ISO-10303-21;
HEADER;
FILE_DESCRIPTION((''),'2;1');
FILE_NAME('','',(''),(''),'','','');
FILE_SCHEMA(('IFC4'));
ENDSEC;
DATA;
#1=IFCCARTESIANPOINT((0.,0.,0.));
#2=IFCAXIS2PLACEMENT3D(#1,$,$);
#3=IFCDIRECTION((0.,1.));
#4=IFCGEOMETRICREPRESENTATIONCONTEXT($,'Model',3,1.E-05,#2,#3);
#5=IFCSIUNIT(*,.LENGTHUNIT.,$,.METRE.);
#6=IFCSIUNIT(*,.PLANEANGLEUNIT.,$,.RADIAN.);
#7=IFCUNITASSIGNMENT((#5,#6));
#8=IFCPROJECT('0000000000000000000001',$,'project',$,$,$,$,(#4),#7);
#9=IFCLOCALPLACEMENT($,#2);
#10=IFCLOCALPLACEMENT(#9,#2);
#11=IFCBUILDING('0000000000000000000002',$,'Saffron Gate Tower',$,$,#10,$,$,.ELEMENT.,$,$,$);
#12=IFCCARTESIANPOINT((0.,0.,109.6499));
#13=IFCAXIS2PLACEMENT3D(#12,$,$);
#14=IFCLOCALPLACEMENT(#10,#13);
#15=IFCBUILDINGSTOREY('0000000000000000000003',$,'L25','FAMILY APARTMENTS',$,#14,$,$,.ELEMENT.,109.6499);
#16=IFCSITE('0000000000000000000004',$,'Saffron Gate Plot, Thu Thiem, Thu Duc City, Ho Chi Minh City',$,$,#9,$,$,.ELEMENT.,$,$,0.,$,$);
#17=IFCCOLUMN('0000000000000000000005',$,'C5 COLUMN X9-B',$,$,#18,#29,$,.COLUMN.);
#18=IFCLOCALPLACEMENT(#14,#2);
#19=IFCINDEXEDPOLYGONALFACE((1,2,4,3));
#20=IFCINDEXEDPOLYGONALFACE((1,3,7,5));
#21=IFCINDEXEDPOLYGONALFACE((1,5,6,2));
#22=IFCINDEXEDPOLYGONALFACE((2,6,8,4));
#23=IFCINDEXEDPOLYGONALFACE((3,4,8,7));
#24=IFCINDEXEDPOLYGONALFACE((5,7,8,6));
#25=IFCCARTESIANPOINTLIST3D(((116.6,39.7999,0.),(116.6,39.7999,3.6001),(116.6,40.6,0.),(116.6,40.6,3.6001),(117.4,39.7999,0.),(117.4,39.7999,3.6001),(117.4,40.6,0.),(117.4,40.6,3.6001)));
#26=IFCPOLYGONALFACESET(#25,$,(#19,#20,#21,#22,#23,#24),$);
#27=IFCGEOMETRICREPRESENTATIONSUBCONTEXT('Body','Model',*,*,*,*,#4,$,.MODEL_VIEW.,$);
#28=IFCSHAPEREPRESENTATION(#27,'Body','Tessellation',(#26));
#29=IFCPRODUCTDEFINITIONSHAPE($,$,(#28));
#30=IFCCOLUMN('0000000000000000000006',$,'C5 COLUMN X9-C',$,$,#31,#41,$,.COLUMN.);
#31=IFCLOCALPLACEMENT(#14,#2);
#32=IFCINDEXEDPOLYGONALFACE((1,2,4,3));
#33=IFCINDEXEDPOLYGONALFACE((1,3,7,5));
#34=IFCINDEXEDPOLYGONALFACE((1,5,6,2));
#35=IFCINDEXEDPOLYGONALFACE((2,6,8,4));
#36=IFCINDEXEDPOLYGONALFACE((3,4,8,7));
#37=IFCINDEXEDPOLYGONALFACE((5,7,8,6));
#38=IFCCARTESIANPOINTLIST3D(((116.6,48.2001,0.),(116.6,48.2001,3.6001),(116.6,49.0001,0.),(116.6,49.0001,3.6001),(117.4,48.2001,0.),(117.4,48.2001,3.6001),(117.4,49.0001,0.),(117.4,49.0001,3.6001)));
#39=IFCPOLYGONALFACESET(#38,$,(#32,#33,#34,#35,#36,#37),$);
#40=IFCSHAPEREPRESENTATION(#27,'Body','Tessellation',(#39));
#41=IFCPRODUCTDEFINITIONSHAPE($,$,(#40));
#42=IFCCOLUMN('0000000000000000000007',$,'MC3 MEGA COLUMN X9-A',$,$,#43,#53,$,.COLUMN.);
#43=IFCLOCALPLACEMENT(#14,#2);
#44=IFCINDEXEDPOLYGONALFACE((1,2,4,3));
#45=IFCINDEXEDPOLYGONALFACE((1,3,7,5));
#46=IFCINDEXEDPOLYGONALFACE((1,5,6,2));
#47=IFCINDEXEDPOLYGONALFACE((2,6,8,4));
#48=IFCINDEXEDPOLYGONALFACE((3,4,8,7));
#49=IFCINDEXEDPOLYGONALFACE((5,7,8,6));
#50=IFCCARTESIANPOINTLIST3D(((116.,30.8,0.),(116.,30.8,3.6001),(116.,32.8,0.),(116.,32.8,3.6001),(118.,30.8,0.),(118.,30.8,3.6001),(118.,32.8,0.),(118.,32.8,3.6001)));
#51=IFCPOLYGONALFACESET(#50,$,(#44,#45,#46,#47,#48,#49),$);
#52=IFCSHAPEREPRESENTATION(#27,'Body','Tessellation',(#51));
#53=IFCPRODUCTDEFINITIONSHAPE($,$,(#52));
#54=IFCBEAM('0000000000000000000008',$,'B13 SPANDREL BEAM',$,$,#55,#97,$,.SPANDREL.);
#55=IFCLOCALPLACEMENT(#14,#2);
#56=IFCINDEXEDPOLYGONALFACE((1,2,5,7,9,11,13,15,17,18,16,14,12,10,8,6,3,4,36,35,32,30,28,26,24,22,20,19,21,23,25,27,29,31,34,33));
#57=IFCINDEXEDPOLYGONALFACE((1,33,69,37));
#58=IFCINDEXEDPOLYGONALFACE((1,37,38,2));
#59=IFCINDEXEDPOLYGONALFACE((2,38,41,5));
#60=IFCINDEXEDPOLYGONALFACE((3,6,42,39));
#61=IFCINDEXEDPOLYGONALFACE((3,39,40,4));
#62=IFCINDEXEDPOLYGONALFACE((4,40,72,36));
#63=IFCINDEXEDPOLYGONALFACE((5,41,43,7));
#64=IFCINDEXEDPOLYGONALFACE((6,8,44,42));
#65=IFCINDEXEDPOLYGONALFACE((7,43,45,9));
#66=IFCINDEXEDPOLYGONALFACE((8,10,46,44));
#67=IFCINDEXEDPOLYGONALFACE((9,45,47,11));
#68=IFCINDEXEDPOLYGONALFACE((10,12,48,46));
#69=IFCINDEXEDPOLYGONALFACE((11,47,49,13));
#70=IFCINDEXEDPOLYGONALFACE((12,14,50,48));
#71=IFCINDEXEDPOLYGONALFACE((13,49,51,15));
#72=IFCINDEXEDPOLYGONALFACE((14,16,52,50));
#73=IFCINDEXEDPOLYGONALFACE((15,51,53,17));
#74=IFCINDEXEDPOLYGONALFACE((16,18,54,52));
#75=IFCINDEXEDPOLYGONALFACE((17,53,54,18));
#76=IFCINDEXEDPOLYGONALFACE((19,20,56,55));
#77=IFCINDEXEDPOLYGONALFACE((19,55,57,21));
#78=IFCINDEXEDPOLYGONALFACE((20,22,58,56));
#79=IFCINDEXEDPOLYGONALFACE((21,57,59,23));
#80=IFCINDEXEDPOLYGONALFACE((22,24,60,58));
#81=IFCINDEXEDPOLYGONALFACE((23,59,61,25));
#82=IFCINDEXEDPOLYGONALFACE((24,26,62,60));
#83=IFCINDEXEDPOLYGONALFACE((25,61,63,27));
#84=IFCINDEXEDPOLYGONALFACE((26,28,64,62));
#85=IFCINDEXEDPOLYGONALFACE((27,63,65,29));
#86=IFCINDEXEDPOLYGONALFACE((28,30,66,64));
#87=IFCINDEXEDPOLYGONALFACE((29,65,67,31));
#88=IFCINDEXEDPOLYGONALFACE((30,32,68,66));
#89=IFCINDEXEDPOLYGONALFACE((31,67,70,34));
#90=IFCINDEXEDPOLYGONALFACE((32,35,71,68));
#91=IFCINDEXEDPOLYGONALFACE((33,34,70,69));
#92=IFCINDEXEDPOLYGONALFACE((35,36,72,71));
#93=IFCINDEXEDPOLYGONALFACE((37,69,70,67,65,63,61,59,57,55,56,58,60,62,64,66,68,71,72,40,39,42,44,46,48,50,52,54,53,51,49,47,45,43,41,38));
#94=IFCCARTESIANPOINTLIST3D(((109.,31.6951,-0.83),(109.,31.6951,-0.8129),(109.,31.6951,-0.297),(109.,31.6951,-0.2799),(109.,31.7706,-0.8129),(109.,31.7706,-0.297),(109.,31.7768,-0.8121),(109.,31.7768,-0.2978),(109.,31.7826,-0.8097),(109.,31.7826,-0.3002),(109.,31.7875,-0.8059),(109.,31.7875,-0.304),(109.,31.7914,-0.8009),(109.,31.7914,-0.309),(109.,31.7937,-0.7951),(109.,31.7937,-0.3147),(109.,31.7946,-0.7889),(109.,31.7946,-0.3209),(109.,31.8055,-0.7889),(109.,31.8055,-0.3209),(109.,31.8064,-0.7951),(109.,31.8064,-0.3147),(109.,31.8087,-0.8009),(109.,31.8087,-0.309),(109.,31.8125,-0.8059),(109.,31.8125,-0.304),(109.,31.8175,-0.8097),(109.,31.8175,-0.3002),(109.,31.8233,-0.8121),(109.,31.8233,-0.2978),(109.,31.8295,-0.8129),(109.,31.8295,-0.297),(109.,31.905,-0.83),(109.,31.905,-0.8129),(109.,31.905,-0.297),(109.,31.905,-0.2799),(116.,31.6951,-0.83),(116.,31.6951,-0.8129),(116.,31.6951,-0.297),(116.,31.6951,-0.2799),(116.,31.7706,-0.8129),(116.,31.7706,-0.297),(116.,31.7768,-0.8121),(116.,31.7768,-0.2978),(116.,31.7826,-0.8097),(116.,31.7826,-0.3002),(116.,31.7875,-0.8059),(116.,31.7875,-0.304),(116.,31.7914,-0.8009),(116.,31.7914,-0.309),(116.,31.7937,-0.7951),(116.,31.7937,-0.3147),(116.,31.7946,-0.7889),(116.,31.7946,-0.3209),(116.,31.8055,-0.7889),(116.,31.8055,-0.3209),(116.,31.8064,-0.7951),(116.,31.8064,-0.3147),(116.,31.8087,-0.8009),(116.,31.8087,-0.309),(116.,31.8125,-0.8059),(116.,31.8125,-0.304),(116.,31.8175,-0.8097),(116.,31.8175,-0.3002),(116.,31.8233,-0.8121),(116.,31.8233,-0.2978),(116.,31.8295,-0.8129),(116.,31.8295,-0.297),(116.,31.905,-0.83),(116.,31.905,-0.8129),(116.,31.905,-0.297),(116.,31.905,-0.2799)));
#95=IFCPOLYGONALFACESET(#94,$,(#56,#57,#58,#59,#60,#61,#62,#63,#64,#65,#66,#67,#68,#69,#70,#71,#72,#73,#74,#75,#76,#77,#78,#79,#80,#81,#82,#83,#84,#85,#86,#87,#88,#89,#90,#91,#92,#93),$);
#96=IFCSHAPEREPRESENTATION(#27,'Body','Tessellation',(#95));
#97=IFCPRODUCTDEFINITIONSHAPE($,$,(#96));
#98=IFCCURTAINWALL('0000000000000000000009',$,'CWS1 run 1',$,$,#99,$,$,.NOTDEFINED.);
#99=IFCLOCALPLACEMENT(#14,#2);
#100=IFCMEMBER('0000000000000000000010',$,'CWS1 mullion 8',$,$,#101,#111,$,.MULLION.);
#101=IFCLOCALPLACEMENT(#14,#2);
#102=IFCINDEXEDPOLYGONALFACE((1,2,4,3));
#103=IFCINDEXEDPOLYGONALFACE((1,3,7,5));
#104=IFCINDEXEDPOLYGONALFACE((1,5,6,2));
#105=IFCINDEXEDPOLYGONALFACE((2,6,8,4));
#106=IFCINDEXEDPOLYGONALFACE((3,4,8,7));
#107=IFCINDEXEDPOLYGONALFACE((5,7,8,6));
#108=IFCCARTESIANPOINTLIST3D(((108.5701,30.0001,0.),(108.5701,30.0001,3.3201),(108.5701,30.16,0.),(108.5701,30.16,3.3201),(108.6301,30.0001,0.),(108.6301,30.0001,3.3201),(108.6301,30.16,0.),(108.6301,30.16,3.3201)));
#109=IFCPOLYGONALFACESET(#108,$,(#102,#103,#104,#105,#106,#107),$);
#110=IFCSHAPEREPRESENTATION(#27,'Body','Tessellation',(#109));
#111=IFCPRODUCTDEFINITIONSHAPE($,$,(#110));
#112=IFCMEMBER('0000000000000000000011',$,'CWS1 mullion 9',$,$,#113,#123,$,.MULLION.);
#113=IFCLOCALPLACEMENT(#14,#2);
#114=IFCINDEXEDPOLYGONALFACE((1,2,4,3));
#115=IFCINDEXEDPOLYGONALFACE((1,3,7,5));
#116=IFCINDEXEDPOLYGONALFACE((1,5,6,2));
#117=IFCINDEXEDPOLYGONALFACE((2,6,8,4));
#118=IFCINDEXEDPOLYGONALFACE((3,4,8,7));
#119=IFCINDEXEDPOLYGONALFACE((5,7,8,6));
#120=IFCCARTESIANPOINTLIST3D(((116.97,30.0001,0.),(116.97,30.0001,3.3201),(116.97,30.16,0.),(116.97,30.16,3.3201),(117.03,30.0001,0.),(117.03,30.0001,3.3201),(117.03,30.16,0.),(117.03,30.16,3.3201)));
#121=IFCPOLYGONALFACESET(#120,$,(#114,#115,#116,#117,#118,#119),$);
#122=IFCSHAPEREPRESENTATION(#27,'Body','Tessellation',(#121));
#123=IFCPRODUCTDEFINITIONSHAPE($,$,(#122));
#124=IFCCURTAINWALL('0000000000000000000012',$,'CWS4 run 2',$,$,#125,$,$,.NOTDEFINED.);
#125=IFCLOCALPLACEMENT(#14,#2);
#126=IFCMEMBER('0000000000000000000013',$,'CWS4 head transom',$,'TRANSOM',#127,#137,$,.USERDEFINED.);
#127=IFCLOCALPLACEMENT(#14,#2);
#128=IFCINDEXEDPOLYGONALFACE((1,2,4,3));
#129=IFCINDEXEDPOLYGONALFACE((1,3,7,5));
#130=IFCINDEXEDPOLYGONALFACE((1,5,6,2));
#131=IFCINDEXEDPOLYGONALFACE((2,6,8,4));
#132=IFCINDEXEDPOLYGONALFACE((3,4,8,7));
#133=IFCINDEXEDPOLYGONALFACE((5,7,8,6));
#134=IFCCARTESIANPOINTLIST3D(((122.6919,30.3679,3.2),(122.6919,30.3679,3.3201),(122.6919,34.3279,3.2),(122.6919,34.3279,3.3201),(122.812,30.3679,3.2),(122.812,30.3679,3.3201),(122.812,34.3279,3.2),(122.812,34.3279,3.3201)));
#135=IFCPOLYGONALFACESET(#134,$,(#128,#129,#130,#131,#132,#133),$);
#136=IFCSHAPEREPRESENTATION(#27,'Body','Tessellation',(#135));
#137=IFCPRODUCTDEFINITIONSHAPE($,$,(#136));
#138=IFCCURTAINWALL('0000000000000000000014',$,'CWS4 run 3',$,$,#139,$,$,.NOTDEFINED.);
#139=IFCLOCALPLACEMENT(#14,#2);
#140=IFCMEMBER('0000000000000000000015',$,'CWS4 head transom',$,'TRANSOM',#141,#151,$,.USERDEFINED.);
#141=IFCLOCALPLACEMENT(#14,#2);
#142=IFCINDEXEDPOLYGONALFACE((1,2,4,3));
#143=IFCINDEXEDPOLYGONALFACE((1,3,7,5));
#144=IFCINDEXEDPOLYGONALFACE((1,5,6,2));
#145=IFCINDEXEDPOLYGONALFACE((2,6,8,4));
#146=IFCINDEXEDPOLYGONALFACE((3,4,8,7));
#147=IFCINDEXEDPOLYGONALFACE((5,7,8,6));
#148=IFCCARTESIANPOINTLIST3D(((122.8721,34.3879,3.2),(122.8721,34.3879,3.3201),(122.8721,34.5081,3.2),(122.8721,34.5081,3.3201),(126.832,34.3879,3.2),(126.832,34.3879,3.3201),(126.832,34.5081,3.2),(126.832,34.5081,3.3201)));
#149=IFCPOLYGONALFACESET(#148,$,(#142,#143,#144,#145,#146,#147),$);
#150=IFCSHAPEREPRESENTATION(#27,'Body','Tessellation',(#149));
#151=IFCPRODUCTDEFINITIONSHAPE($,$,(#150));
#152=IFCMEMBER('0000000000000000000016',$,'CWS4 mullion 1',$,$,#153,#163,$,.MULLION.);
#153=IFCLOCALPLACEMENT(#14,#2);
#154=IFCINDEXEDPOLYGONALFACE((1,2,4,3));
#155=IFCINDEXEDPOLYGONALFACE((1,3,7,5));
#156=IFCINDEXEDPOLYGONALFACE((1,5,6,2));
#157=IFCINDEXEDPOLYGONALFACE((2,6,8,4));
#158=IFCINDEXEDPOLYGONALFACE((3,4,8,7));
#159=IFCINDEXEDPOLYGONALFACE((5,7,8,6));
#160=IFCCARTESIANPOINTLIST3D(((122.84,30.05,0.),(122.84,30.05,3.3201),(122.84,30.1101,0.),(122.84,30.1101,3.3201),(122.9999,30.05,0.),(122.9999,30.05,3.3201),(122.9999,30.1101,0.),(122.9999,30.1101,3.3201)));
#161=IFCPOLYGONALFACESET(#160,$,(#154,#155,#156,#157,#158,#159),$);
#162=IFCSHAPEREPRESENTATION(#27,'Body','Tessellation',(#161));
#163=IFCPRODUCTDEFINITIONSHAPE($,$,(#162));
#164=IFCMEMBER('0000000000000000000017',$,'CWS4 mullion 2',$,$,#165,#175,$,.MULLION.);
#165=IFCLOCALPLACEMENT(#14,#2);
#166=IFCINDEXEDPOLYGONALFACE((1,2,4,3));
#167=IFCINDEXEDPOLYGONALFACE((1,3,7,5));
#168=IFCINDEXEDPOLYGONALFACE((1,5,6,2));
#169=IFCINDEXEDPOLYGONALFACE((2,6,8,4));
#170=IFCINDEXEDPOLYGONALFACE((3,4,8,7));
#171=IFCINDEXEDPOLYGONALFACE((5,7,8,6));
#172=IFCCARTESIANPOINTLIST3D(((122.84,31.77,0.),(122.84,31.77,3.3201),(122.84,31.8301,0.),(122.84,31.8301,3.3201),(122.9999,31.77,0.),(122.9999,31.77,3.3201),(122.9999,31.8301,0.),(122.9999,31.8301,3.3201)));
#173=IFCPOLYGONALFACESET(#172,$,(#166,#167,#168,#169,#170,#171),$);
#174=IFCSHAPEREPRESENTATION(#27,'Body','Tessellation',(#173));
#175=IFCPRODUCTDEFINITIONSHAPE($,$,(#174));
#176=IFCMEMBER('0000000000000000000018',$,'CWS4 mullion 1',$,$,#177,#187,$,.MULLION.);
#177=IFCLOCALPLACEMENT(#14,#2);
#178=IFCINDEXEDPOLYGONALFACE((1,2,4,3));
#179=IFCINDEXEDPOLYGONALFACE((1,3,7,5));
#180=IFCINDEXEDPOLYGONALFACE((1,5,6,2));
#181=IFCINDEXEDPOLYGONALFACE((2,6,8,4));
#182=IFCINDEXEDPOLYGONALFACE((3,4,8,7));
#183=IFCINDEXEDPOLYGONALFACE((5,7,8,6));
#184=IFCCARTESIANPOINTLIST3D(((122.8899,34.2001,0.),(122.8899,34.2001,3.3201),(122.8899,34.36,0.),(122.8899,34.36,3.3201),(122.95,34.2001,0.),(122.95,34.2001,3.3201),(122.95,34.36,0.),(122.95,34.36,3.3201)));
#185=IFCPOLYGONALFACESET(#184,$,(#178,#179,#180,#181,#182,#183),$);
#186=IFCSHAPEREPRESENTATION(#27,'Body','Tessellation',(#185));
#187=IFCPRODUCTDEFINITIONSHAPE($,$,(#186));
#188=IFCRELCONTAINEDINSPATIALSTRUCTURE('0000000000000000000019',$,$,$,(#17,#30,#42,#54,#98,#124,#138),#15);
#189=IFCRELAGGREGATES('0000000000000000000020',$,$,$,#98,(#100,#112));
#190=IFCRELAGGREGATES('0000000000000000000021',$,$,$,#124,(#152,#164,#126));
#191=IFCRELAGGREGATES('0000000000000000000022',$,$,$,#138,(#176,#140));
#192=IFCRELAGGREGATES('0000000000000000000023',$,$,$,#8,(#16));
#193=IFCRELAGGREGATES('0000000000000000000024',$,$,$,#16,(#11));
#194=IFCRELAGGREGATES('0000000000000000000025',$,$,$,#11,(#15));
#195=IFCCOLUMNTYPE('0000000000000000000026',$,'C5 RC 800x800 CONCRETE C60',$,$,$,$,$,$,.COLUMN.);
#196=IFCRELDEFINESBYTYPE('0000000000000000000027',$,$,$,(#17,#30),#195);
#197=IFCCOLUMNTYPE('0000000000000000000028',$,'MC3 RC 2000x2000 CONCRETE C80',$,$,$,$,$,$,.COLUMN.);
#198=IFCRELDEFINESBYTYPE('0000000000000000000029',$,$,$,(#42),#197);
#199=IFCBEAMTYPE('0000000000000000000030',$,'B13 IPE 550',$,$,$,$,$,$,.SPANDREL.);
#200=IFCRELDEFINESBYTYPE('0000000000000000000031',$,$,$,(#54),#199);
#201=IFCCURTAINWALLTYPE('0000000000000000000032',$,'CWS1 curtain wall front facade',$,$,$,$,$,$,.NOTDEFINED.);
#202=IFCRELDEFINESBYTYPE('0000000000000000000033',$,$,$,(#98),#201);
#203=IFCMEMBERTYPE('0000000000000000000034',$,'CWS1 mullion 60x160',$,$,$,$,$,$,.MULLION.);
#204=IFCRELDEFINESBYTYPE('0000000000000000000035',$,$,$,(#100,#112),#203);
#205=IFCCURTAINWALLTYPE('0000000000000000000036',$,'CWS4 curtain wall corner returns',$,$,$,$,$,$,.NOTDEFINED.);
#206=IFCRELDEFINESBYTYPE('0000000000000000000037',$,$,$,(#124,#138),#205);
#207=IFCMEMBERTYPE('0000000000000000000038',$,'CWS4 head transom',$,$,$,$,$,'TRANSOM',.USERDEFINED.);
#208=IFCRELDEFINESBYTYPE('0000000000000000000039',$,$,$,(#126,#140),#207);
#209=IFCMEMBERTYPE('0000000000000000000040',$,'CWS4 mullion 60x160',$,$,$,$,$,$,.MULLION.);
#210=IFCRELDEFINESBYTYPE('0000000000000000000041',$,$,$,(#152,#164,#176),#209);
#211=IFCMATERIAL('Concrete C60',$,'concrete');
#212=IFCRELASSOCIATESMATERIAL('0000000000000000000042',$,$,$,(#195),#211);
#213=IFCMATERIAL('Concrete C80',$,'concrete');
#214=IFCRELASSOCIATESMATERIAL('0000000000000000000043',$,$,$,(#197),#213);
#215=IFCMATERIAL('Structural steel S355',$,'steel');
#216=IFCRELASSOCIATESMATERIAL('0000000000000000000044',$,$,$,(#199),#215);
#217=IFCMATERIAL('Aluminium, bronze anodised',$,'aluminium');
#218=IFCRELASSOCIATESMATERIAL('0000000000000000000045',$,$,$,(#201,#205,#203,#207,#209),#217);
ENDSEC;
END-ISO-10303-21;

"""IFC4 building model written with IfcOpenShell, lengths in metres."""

from ifc_helpers import new_model, si_unit, direction, frame, origin, origin_2d, place, context, subcontext, project, spatial, rectangle, i_section, extrude, material, material_profile, profile_set, type_object, element, aggregate, save


model = new_model("IFC4")

# Units and contexts
model_context = context("Model", 3, precision=1e-05, world=origin(), true_north=direction((0.0, 1.0)))
body_context = subcontext(model_context, "Body", "Model", "MODEL_VIEW")
ifc_project = project(units=[si_unit("LENGTHUNIT", "METRE"), si_unit("PLANEANGLEUNIT", "RADIAN")], contexts=[model_context])

# Site, building, storey
site_placement = place(None, origin())
site = spatial("IfcSite", under=ifc_project, at=site_placement, Name="Saffron Gate Plot, Thu Thiem, Thu Duc City, Ho Chi Minh City", CompositionType="ELEMENT", RefElevation=0.0)
building_placement = place(site_placement, origin())
building = spatial("IfcBuilding", under=site, at=building_placement, Name="Saffron Gate Tower", CompositionType="ELEMENT")
storey_placement = place(building_placement, frame((0.0, 0.0, 109.6499)))
storey = spatial("IfcBuildingStorey", under=building, at=storey_placement, Name="L25", Description="FAMILY APARTMENTS", CompositionType="ELEMENT", Elevation=109.6499)

# Columns
ifc_material_1 = material(Name="Concrete C60", Category="concrete")
ifc_material_profile_1 = material_profile(ifc_material_1, rectangle(XDim=0.8, YDim=0.8, at=origin_2d()))
ifc_profile_set_1 = profile_set([ifc_material_profile_1], Name="Concrete C60")
column_type_1 = type_object("IfcColumnType", Name="C5 RC 800x800 CONCRETE C60", PredefinedType="COLUMN", material=ifc_profile_set_1)
for number, where, z_axis, x_axis, name in (
    (1, (117.0, 40.2, 0.0), (0.0, 0.0, 1.0), (1.0, 0.0, 0.0), "C5 COLUMN X9-B"),
    (2, (117.0, 48.6001, 0.0), (0.0, 0.0, 1.0), (1.0, 0.0, 0.0), "C5 COLUMN X9-C"),
):
    element("IfcColumn", number, at=place(storey_placement, frame(where, z_axis=z_axis, x_axis=x_axis)), inside=storey, type_object=column_type_1, Name=name, PredefinedType="COLUMN", context=body_context, shape_type="SweptSolid", body=[
        extrude(rectangle(XDim=0.8, YDim=0.8, at=origin_2d()), origin(), (0.0, 0.0, 1.0), 3.6001),
    ])
ifc_material_2 = material(Name="Concrete C80", Category="concrete")
ifc_material_profile_2 = material_profile(ifc_material_2, rectangle(XDim=2.0, YDim=2.0, at=origin_2d()))
ifc_profile_set_2 = profile_set([ifc_material_profile_2], Name="Concrete C80")
column_type_2 = type_object("IfcColumnType", Name="MC3 RC 2000x2000 CONCRETE C80", PredefinedType="COLUMN", material=ifc_profile_set_2)
column_placement = place(storey_placement, frame((117.0, 31.8, 0.0), z_axis=(0.0, 0.0, 1.0), x_axis=(1.0, 0.0, 0.0)))
element("IfcColumn", 3, at=column_placement, inside=storey, type_object=column_type_2, Name="MC3 MEGA COLUMN X9-A", PredefinedType="COLUMN", context=body_context, shape_type="SweptSolid", body=[
    extrude(rectangle(XDim=2.0, YDim=2.0, at=origin_2d()), origin(), (0.0, 0.0, 1.0), 3.6001),
])

# Beam
ifc_material_3 = material(Name="Structural steel S355", Category="steel")
ifc_material_profile_3 = material_profile(ifc_material_3, i_section(OverallWidth=0.21, OverallDepth=0.55, WebThickness=0.011, FlangeThickness=0.0171, FilletRadius=0.0239, at=origin_2d()))
ifc_profile_set_3 = profile_set([ifc_material_profile_3], Name="Structural steel S355")
beam_type = type_object("IfcBeamType", Name="B13 IPE 550", PredefinedType="SPANDREL", material=ifc_profile_set_3)
beam_placement = place(storey_placement, frame((109.0, 31.8, -0.5549), z_axis=(1.0, 0.0, 0.0), x_axis=(0.0, 1.0, 0.0)))
element("IfcBeam", 4, at=beam_placement, inside=storey, type_object=beam_type, Name="B13 SPANDREL BEAM", PredefinedType="SPANDREL", context=body_context, shape_type="SweptSolid", body=[
    extrude(i_section(OverallWidth=0.21, OverallDepth=0.55, WebThickness=0.011, FlangeThickness=0.0171, FilletRadius=0.0239, at=origin_2d()), origin(), (0.0, 0.0, 1.0), 7.0),
])

# Curtain wall, members
ifc_material_4 = material(Name="Aluminium, bronze anodised", Category="aluminium")
curtain_wall_type_1 = type_object("IfcCurtainWallType", Name="CWS1 curtain wall front facade", PredefinedType="NOTDEFINED", material=ifc_material_4)
curtain_wall_1_placement = place(storey_placement, origin())
curtain_wall_1 = element("IfcCurtainWall", 5, at=curtain_wall_1_placement, inside=storey, type_object=curtain_wall_type_1, Name="CWS1 run 1", PredefinedType="NOTDEFINED")
ifc_material_profile_4 = material_profile(ifc_material_4, rectangle(XDim=0.1599, YDim=0.0601, at=origin_2d()))
ifc_profile_set_4 = profile_set([ifc_material_profile_4], Name="Aluminium, bronze anodised")
member_type_1 = type_object("IfcMemberType", Name="CWS1 mullion 60x160", PredefinedType="MULLION", material=ifc_profile_set_4)
member_1_placement = place(storey_placement, frame((108.6001, 30.0801, 0.0), z_axis=(0.0, 0.0, 1.0), x_axis=(0.0, 1.0, 0.0)))
member_1 = element("IfcMember", 6, at=member_1_placement, type_object=member_type_1, Name="CWS1 mullion 8", PredefinedType="MULLION", context=body_context, shape_type="SweptSolid", body=[
    extrude(rectangle(XDim=0.1599, YDim=0.0601, at=origin_2d()), origin(), (0.0, 0.0, 1.0), 3.3201),
])
member_2_placement = place(storey_placement, frame((117.0, 30.0801, 0.0), z_axis=(0.0, 0.0, 1.0), x_axis=(0.0, 1.0, 0.0)))
member_2 = element("IfcMember", 7, at=member_2_placement, type_object=member_type_1, Name="CWS1 mullion 9", PredefinedType="MULLION", context=body_context, shape_type="SweptSolid", body=[
    extrude(rectangle(XDim=0.1599, YDim=0.0601, at=origin_2d()), origin(), (0.0, 0.0, 1.0), 3.3201),
])
aggregate(curtain_wall_1, [member_1, member_2])

# Curtain walls, members
curtain_wall_type_2 = type_object("IfcCurtainWallType", Name="CWS4 curtain wall corner returns", PredefinedType="NOTDEFINED", material=ifc_material_4)
curtain_wall_2_placement = place(storey_placement, origin())
curtain_wall_2 = element("IfcCurtainWall", 8, at=curtain_wall_2_placement, inside=storey, type_object=curtain_wall_type_2, Name="CWS4 run 2", PredefinedType="NOTDEFINED")
ifc_material_profile_5 = material_profile(ifc_material_4, rectangle(XDim=0.1201, YDim=0.1201, at=origin_2d()))
ifc_profile_set_5 = profile_set([ifc_material_profile_5], Name="Aluminium, bronze anodised")
member_type_2 = type_object("IfcMemberType", Name="CWS4 head transom", ElementType="TRANSOM", PredefinedType="USERDEFINED", material=ifc_profile_set_5)
member_3_placement = place(storey_placement, frame((122.752, 30.3679, 3.26), z_axis=(0.0, 1.0, 0.0), x_axis=(-1.0, 0.0, 0.0)))
member_3 = element("IfcMember", 9, at=member_3_placement, type_object=member_type_2, Name="CWS4 head transom", ObjectType="TRANSOM", PredefinedType="USERDEFINED", context=body_context, shape_type="SweptSolid", body=[
    extrude(rectangle(XDim=0.1201, YDim=0.1201, at=origin_2d()), origin(), (0.0, 0.0, 1.0), 3.96),
])
curtain_wall_3_placement = place(storey_placement, origin())
curtain_wall_3 = element("IfcCurtainWall", 10, at=curtain_wall_3_placement, inside=storey, type_object=curtain_wall_type_2, Name="CWS4 run 3", PredefinedType="NOTDEFINED")
member_4_placement = place(storey_placement, frame((122.8721, 34.448, 3.26), z_axis=(1.0, 0.0, 0.0), x_axis=(0.0, 1.0, 0.0)))
member_4 = element("IfcMember", 11, at=member_4_placement, type_object=member_type_2, Name="CWS4 head transom", ObjectType="TRANSOM", PredefinedType="USERDEFINED", context=body_context, shape_type="SweptSolid", body=[
    extrude(rectangle(XDim=0.1201, YDim=0.1201, at=origin_2d()), origin(), (0.0, 0.0, 1.0), 3.96),
])

# Members
ifc_material_profile_6 = material_profile(ifc_material_4, rectangle(XDim=0.1599, YDim=0.0601, at=origin_2d()))
ifc_profile_set_6 = profile_set([ifc_material_profile_6], Name="Aluminium, bronze anodised")
member_type_3 = type_object("IfcMemberType", Name="CWS4 mullion 60x160", PredefinedType="MULLION", material=ifc_profile_set_6)
member_5_placement = place(storey_placement, frame((122.9199, 30.0801, 0.0), z_axis=(0.0, 0.0, 1.0), x_axis=(-1.0, 0.0, 0.0)))
member_5 = element("IfcMember", 12, at=member_5_placement, type_object=member_type_3, Name="CWS4 mullion 1", PredefinedType="MULLION", context=body_context, shape_type="SweptSolid", body=[
    extrude(rectangle(XDim=0.1599, YDim=0.0601, at=origin_2d()), origin(), (0.0, 0.0, 1.0), 3.3201),
])
member_6_placement = place(storey_placement, frame((122.9199, 31.8, 0.0), z_axis=(0.0, 0.0, 1.0), x_axis=(-1.0, 0.0, 0.0)))
member_6 = element("IfcMember", 13, at=member_6_placement, type_object=member_type_3, Name="CWS4 mullion 2", PredefinedType="MULLION", context=body_context, shape_type="SweptSolid", body=[
    extrude(rectangle(XDim=0.1599, YDim=0.0601, at=origin_2d()), origin(), (0.0, 0.0, 1.0), 3.3201),
])
member_7_placement = place(storey_placement, frame((122.9199, 34.28, 0.0), z_axis=(0.0, 0.0, 1.0), x_axis=(0.0, 1.0, 0.0)))
member_7 = element("IfcMember", 14, at=member_7_placement, type_object=member_type_3, Name="CWS4 mullion 1", PredefinedType="MULLION", context=body_context, shape_type="SweptSolid", body=[
    extrude(rectangle(XDim=0.1599, YDim=0.0601, at=origin_2d()), origin(), (0.0, 0.0, 1.0), 3.3201),
])

aggregate(curtain_wall_2, [member_5, member_6, member_3])
aggregate(curtain_wall_3, [member_7, member_4])

save(model, "model.ifc")
